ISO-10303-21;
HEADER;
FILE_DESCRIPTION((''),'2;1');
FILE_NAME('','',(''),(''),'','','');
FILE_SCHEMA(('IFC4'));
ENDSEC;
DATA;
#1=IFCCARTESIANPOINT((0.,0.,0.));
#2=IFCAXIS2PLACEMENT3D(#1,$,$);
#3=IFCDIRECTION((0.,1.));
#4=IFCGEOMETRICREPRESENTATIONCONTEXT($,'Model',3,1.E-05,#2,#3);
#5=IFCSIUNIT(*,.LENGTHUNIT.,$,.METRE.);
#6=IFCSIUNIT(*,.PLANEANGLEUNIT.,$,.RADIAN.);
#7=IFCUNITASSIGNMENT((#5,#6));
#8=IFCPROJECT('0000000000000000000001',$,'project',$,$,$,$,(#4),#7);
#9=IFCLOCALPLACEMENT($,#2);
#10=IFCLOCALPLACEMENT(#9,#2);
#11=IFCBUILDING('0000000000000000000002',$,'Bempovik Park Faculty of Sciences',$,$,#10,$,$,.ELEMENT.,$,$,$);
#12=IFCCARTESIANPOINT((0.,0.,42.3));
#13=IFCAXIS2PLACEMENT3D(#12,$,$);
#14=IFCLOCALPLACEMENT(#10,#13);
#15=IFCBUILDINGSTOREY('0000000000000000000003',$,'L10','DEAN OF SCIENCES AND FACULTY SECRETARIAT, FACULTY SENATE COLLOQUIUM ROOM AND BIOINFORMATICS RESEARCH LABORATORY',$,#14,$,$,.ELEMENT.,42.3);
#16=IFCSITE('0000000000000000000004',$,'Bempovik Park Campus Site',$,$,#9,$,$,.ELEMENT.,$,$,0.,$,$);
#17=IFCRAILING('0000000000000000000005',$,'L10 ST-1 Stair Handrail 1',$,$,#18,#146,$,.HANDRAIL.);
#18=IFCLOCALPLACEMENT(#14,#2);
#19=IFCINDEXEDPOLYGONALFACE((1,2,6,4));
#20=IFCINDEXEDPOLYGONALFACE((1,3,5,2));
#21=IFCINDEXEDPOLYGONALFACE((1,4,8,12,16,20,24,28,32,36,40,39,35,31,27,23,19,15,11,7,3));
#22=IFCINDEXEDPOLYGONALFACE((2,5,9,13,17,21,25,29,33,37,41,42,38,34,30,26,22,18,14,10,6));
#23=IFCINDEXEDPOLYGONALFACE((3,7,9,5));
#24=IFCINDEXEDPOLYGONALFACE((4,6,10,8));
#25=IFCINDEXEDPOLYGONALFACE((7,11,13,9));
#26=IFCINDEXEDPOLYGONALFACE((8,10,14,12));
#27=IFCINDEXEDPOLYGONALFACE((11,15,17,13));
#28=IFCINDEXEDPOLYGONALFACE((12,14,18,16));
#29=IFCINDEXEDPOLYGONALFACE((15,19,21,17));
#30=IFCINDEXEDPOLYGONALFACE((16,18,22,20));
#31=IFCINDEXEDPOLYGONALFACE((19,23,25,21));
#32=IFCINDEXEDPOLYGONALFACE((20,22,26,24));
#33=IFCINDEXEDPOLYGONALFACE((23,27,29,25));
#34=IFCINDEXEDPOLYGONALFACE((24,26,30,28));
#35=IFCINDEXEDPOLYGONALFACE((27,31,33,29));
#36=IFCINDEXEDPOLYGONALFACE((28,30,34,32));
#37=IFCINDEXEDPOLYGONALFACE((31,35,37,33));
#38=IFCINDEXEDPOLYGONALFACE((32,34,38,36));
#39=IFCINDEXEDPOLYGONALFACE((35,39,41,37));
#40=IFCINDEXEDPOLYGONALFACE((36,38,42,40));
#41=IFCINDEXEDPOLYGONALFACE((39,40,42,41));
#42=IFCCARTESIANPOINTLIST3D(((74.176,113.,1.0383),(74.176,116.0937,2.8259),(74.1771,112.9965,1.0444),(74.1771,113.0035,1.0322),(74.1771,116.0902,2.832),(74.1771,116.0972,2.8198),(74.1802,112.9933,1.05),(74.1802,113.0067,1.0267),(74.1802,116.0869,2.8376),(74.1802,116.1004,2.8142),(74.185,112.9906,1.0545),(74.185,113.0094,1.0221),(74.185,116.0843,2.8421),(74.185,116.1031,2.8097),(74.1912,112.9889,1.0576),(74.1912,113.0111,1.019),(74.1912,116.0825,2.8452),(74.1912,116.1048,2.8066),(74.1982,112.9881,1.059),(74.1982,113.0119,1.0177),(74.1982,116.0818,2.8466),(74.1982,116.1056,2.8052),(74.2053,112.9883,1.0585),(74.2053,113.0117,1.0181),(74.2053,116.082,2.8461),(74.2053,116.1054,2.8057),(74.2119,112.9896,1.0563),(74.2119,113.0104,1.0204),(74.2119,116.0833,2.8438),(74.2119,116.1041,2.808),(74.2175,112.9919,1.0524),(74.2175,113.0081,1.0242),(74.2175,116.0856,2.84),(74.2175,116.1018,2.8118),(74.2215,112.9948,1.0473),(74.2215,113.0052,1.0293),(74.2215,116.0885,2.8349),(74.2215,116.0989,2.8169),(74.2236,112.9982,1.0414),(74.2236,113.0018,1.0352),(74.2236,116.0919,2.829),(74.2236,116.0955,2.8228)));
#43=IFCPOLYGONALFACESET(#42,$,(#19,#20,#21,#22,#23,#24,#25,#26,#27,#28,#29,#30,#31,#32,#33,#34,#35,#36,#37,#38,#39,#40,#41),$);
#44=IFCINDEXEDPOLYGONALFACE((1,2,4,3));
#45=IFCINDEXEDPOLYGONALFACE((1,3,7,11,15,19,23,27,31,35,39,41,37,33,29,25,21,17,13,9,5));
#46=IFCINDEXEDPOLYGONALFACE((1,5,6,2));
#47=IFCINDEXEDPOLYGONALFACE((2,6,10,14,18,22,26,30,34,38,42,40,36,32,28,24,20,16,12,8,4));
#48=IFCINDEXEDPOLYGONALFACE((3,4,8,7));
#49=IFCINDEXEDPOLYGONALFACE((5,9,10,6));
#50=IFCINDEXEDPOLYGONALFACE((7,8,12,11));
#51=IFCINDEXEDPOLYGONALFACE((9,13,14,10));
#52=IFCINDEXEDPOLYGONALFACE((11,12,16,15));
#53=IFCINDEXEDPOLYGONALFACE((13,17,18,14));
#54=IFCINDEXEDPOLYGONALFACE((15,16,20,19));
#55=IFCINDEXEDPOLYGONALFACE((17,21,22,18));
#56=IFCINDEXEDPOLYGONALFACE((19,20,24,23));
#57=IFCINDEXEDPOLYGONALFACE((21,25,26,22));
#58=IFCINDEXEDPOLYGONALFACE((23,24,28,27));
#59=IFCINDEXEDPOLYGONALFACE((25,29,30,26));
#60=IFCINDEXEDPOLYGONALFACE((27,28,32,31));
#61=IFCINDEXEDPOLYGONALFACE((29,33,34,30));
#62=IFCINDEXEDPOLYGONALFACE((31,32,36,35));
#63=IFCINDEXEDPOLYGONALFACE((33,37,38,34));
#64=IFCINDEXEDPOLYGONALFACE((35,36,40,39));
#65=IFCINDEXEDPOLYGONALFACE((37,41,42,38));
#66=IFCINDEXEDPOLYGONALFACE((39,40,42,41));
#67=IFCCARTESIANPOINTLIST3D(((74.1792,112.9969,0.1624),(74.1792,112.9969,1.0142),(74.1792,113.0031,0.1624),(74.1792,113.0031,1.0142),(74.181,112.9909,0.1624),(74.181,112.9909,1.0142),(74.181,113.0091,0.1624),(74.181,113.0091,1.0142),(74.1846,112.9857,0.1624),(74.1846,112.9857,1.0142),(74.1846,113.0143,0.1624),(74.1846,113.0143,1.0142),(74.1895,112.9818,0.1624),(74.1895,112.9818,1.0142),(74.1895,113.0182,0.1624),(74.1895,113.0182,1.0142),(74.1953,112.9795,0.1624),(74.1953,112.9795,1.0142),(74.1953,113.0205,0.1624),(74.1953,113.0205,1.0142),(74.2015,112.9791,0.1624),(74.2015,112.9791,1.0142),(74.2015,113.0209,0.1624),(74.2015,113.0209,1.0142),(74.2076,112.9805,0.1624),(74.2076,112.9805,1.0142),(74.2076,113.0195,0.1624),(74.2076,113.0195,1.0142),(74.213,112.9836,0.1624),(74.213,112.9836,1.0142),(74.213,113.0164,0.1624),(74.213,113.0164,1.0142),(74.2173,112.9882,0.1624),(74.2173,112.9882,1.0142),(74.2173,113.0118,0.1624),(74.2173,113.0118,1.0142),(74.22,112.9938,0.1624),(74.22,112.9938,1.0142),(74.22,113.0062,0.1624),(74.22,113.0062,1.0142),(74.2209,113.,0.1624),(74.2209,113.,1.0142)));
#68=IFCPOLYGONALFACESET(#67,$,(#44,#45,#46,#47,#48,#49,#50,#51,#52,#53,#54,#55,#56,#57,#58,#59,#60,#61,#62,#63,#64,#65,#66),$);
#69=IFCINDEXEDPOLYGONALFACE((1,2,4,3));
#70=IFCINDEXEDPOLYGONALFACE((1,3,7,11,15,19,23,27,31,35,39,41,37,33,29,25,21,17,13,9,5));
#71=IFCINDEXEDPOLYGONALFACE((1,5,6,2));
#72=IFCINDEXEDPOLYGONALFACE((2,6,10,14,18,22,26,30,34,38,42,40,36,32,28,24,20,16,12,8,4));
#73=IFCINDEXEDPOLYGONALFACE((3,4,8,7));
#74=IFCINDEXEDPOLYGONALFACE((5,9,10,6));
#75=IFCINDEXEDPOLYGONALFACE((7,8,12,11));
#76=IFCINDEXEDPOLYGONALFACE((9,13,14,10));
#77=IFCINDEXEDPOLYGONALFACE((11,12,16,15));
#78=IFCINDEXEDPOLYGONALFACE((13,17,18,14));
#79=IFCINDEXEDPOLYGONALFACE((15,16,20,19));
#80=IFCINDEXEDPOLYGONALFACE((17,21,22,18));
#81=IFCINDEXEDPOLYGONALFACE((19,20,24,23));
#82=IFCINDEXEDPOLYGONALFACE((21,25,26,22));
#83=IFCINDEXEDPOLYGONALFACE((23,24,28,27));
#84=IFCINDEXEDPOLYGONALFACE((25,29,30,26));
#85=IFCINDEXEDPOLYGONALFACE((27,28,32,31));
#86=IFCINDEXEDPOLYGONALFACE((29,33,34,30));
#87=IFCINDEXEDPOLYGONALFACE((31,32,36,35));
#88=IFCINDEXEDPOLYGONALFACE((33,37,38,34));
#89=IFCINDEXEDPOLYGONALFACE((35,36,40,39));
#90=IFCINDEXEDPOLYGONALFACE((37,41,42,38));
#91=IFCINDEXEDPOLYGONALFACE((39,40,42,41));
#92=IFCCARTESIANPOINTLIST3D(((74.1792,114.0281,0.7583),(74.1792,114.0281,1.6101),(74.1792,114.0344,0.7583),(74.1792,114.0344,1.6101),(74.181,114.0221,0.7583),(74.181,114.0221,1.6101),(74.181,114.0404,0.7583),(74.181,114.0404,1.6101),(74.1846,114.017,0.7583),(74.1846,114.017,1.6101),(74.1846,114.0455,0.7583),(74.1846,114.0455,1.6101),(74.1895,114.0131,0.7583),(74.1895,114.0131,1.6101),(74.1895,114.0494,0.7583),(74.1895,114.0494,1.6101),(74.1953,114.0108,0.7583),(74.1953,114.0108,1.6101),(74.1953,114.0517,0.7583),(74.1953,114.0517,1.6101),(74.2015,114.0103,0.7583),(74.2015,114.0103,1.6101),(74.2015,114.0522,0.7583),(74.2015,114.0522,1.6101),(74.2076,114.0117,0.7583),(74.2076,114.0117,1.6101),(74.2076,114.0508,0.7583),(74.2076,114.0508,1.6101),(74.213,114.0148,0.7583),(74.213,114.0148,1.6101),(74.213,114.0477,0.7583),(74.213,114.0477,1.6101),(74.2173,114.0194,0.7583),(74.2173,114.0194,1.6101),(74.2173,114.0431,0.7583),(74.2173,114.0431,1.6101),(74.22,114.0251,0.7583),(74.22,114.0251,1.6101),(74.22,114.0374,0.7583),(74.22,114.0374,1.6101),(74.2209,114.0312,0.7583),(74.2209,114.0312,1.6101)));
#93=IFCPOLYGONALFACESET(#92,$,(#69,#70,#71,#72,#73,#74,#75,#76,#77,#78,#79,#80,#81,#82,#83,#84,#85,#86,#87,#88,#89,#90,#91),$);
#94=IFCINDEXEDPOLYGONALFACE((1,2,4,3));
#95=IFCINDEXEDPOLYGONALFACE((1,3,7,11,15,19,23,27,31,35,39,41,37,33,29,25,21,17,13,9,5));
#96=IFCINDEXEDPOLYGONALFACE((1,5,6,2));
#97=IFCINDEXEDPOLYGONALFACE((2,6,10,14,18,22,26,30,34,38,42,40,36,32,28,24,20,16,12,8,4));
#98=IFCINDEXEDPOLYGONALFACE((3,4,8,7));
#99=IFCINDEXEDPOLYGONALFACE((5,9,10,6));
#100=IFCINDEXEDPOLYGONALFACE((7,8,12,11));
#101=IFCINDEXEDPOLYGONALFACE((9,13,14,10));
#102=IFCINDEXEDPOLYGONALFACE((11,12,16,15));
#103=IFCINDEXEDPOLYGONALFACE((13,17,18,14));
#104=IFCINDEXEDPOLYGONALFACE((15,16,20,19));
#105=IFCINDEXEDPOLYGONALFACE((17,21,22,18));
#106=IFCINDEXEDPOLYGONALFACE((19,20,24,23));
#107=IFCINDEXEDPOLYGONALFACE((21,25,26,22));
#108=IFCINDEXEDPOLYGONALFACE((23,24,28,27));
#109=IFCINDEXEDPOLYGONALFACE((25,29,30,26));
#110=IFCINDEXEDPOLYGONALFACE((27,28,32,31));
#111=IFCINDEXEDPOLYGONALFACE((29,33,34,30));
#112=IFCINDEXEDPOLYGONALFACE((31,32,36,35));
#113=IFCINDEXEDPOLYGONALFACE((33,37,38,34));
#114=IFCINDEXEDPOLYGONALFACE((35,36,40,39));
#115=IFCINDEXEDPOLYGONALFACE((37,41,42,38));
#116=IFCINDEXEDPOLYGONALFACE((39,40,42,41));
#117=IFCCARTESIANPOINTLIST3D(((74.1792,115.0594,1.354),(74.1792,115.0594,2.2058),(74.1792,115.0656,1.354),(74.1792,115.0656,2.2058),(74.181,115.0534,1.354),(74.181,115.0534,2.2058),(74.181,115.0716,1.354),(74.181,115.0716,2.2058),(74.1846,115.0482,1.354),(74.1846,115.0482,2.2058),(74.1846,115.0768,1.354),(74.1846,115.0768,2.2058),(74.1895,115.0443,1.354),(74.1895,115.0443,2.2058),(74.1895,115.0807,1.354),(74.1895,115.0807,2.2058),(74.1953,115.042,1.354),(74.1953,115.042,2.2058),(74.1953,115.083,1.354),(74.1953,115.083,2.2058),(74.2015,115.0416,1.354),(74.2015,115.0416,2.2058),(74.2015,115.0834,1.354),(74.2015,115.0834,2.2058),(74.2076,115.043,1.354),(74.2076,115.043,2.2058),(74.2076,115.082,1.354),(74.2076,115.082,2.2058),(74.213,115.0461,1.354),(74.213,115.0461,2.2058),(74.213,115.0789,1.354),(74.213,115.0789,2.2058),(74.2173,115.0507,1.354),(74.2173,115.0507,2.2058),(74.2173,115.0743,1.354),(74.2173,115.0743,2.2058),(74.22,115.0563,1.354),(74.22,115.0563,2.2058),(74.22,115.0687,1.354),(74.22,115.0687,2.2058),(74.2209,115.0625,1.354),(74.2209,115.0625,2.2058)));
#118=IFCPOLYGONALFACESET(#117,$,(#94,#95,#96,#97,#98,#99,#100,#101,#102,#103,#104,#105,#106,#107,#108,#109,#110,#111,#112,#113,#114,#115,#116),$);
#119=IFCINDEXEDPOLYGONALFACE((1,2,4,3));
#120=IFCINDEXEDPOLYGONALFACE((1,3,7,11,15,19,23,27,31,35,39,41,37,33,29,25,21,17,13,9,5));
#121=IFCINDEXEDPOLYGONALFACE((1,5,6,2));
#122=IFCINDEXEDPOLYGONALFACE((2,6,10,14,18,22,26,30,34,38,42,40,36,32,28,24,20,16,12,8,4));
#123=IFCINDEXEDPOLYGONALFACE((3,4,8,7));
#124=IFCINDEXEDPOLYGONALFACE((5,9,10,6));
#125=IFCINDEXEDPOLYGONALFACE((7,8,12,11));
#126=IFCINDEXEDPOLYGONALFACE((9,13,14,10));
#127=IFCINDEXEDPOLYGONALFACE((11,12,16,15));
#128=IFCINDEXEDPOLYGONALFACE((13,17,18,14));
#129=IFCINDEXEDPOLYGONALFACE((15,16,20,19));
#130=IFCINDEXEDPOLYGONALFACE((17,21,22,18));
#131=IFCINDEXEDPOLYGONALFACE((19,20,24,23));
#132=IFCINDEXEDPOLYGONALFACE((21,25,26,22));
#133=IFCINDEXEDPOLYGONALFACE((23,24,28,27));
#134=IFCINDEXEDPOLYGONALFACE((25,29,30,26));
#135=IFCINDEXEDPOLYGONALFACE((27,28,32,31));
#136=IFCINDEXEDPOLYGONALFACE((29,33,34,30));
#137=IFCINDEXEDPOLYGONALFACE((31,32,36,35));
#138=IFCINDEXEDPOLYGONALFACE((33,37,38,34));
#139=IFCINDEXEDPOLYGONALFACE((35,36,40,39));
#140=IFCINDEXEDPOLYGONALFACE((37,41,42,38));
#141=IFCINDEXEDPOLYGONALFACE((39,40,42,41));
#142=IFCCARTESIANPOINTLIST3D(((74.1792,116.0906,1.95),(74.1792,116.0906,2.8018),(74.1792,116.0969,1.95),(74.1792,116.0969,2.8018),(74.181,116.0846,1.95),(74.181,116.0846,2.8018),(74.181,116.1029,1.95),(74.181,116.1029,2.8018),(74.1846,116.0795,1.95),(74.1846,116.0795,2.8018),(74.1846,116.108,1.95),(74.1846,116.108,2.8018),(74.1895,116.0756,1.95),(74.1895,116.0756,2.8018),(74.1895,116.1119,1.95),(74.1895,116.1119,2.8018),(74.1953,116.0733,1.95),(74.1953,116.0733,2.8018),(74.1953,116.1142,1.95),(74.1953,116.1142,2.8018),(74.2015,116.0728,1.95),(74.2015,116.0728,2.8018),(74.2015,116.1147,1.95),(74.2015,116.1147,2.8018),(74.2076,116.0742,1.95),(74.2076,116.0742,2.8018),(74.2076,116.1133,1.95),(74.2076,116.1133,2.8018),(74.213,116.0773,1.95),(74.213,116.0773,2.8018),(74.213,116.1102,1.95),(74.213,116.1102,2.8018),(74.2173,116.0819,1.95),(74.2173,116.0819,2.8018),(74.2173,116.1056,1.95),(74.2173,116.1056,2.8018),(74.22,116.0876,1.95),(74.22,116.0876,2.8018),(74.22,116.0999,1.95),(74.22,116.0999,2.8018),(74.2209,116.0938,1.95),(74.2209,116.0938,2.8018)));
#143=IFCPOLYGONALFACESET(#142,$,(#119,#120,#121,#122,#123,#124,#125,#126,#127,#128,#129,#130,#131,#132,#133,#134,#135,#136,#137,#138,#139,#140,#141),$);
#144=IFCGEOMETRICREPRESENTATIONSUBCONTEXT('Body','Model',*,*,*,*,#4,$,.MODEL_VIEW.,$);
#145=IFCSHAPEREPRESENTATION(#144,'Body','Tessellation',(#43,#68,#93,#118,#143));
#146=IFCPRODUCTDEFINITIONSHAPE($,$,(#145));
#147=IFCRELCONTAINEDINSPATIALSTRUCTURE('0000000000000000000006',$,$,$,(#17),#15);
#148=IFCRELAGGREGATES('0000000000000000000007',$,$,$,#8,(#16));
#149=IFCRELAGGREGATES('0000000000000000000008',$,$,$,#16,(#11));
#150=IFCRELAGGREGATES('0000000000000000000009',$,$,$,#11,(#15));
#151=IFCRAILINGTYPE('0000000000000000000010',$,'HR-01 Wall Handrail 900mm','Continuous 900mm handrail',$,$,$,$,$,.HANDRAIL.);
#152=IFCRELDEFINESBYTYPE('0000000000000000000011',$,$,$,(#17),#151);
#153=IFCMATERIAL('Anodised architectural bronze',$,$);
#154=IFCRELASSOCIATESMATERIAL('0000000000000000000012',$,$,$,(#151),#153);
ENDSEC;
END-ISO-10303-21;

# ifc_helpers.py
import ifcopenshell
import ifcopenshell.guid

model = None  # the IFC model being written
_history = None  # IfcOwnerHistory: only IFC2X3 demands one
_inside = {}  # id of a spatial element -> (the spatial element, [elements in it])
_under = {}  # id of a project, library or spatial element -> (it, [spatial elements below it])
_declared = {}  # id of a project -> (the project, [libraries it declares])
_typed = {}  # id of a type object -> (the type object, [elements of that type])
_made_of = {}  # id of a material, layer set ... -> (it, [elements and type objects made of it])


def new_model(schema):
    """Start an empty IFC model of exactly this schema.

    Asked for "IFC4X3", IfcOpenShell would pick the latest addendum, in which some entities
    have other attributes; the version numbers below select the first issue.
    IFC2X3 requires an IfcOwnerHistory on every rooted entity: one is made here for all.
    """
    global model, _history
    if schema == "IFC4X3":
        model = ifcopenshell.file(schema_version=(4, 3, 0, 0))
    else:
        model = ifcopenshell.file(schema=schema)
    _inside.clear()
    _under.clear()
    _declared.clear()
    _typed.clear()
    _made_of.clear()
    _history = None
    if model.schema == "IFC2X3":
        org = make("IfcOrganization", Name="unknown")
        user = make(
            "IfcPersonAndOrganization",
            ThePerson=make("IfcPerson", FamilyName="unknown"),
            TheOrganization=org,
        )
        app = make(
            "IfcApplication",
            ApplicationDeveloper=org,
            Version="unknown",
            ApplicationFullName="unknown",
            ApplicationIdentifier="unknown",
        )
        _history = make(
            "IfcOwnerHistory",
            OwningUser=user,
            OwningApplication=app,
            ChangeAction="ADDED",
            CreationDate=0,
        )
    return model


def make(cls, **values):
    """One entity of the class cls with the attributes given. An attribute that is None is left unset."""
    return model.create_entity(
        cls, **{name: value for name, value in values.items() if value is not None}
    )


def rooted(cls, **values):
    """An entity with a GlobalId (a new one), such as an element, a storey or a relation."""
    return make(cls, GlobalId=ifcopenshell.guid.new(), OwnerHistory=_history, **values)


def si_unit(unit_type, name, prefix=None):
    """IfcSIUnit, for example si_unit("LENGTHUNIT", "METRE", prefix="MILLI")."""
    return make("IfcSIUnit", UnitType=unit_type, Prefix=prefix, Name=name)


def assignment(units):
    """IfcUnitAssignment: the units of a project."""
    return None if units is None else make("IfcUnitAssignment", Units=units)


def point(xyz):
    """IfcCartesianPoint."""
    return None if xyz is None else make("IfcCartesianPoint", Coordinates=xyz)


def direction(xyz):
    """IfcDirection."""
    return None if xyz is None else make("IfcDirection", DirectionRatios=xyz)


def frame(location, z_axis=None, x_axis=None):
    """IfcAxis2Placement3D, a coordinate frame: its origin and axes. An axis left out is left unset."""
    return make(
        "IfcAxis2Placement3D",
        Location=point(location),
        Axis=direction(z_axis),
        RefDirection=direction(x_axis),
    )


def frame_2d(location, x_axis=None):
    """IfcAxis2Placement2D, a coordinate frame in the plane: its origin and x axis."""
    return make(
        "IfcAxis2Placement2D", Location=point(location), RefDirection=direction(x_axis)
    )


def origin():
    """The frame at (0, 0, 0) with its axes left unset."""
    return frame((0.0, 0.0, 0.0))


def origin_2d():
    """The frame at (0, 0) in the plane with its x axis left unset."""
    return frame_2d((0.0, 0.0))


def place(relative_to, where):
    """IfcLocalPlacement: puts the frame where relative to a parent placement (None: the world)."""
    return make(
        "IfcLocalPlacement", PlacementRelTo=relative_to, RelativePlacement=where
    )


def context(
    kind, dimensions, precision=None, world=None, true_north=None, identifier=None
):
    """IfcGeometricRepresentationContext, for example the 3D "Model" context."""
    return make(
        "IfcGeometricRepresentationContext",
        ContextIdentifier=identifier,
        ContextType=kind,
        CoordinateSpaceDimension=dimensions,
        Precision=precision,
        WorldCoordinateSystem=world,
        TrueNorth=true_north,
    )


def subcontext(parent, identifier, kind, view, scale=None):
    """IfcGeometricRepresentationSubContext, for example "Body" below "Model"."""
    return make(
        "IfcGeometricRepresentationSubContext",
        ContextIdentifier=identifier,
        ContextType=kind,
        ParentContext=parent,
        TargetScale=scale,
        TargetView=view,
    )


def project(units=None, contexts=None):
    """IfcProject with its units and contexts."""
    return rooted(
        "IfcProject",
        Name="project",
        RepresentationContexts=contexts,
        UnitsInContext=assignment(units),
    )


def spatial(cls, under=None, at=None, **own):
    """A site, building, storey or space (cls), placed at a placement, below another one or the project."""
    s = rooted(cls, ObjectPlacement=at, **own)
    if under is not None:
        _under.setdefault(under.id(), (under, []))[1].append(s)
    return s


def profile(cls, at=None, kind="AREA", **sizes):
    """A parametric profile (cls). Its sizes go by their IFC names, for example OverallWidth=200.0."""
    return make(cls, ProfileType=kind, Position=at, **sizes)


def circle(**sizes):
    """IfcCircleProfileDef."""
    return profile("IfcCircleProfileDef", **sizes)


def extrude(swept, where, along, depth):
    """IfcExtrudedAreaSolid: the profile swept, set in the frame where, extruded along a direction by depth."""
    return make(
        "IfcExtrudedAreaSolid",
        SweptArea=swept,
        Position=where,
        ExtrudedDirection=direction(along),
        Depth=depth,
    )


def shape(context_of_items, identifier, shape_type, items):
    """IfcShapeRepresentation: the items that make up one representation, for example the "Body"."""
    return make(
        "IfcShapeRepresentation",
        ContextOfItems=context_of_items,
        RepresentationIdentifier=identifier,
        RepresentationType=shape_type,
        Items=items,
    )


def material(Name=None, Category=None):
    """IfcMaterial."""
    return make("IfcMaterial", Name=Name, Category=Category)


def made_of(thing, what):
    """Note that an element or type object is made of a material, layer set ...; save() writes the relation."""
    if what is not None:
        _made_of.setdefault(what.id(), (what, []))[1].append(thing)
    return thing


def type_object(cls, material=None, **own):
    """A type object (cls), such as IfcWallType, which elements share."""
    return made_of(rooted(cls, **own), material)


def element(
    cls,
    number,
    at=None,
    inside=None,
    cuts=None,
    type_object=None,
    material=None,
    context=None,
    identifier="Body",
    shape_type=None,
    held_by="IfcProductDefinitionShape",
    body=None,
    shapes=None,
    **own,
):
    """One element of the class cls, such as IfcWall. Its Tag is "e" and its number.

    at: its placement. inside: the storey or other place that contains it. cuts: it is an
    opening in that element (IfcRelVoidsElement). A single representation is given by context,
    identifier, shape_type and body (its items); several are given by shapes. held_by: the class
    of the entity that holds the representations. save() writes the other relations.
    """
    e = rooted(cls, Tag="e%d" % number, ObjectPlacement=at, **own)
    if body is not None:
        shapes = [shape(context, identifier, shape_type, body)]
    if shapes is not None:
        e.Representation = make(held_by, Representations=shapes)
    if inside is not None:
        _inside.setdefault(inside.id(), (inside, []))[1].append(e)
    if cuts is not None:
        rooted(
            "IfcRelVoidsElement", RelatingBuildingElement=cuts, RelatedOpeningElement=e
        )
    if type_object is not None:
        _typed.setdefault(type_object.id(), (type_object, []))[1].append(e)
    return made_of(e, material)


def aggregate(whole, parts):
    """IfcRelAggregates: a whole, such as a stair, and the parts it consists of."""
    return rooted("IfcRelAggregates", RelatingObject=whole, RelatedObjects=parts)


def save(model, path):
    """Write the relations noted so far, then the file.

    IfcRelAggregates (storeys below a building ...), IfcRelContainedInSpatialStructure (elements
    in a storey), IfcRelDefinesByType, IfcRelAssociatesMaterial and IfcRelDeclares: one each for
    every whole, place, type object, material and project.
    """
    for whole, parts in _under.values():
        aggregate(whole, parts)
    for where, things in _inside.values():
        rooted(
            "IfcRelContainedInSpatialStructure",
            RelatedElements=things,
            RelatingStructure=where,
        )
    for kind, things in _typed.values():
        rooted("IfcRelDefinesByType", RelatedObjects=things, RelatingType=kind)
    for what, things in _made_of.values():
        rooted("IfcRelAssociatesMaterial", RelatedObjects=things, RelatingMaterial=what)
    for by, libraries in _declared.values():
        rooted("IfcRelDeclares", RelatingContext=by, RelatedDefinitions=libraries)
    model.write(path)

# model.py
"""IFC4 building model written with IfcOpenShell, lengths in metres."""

from ifc_helpers import new_model, si_unit, direction, frame, origin, origin_2d, place, context, subcontext, project, spatial, circle, extrude, material, type_object, element, save


model = new_model("IFC4")

# Units and contexts
model_context = context("Model", 3, precision=1e-05, world=origin(), true_north=direction((0.0, 1.0)))
body_context = subcontext(model_context, "Body", "Model", "MODEL_VIEW")
ifc_project = project(units=[si_unit("LENGTHUNIT", "METRE"), si_unit("PLANEANGLEUNIT", "RADIAN")], contexts=[model_context])

# Site, building, storey
site_placement = place(None, origin())
site = spatial("IfcSite", under=ifc_project, at=site_placement, Name="Bempovik Park Campus Site", CompositionType="ELEMENT", RefElevation=0.0)
building_placement = place(site_placement, origin())
building = spatial("IfcBuilding", under=site, at=building_placement, Name="Bempovik Park Faculty of Sciences", CompositionType="ELEMENT")
storey_placement = place(building_placement, frame((0.0, 0.0, 42.3)))
storey = spatial("IfcBuildingStorey", under=building, at=storey_placement, Name="L10", Description="DEAN OF SCIENCES AND FACULTY SECRETARIAT, FACULTY SENATE COLLOQUIUM ROOM AND BIOINFORMATICS RESEARCH LABORATORY", CompositionType="ELEMENT", Elevation=42.3)

# Railing
ifc_material_1 = material(Name="Anodised architectural bronze")
railing_type_1 = type_object("IfcRailingType", Name="HR-01 Wall Handrail 900mm", Description="Continuous 900mm handrail", PredefinedType="HANDRAIL", material=ifc_material_1)
railing_1_placement = place(storey_placement, frame((74.2, 113.0, 0.1624)))
element("IfcRailing", 1, at=railing_1_placement, inside=storey, type_object=railing_type_1, Name="L10 ST-1 Stair Handrail 1", PredefinedType="HANDRAIL", context=body_context, shape_type="SweptSolid", body=[
    extrude(circle(Radius=0.0239, at=origin_2d()), frame((0.0, 0.0, 0.876), z_axis=(0.0, 0.865853, 0.500298), x_axis=(-1.0, 0.0, 0.0)), (0.0, 0.0, 1.0), 3.573),
    extrude(circle(Radius=0.021, at=origin_2d()), origin(), (0.0, 0.0, 1.0), 0.8518),
    extrude(circle(Radius=0.021, at=origin_2d()), frame((0.0, 1.0312, 0.5959)), (0.0, 0.0, 1.0), 0.8518),
    extrude(circle(Radius=0.021, at=origin_2d()), frame((0.0, 2.0625, 1.1917)), (0.0, 0.0, 1.0), 0.8518),
    extrude(circle(Radius=0.021, at=origin_2d()), frame((0.0, 3.0938, 1.7876)), (0.0, 0.0, 1.0), 0.8518),
])

save(model, "model.ifc")
